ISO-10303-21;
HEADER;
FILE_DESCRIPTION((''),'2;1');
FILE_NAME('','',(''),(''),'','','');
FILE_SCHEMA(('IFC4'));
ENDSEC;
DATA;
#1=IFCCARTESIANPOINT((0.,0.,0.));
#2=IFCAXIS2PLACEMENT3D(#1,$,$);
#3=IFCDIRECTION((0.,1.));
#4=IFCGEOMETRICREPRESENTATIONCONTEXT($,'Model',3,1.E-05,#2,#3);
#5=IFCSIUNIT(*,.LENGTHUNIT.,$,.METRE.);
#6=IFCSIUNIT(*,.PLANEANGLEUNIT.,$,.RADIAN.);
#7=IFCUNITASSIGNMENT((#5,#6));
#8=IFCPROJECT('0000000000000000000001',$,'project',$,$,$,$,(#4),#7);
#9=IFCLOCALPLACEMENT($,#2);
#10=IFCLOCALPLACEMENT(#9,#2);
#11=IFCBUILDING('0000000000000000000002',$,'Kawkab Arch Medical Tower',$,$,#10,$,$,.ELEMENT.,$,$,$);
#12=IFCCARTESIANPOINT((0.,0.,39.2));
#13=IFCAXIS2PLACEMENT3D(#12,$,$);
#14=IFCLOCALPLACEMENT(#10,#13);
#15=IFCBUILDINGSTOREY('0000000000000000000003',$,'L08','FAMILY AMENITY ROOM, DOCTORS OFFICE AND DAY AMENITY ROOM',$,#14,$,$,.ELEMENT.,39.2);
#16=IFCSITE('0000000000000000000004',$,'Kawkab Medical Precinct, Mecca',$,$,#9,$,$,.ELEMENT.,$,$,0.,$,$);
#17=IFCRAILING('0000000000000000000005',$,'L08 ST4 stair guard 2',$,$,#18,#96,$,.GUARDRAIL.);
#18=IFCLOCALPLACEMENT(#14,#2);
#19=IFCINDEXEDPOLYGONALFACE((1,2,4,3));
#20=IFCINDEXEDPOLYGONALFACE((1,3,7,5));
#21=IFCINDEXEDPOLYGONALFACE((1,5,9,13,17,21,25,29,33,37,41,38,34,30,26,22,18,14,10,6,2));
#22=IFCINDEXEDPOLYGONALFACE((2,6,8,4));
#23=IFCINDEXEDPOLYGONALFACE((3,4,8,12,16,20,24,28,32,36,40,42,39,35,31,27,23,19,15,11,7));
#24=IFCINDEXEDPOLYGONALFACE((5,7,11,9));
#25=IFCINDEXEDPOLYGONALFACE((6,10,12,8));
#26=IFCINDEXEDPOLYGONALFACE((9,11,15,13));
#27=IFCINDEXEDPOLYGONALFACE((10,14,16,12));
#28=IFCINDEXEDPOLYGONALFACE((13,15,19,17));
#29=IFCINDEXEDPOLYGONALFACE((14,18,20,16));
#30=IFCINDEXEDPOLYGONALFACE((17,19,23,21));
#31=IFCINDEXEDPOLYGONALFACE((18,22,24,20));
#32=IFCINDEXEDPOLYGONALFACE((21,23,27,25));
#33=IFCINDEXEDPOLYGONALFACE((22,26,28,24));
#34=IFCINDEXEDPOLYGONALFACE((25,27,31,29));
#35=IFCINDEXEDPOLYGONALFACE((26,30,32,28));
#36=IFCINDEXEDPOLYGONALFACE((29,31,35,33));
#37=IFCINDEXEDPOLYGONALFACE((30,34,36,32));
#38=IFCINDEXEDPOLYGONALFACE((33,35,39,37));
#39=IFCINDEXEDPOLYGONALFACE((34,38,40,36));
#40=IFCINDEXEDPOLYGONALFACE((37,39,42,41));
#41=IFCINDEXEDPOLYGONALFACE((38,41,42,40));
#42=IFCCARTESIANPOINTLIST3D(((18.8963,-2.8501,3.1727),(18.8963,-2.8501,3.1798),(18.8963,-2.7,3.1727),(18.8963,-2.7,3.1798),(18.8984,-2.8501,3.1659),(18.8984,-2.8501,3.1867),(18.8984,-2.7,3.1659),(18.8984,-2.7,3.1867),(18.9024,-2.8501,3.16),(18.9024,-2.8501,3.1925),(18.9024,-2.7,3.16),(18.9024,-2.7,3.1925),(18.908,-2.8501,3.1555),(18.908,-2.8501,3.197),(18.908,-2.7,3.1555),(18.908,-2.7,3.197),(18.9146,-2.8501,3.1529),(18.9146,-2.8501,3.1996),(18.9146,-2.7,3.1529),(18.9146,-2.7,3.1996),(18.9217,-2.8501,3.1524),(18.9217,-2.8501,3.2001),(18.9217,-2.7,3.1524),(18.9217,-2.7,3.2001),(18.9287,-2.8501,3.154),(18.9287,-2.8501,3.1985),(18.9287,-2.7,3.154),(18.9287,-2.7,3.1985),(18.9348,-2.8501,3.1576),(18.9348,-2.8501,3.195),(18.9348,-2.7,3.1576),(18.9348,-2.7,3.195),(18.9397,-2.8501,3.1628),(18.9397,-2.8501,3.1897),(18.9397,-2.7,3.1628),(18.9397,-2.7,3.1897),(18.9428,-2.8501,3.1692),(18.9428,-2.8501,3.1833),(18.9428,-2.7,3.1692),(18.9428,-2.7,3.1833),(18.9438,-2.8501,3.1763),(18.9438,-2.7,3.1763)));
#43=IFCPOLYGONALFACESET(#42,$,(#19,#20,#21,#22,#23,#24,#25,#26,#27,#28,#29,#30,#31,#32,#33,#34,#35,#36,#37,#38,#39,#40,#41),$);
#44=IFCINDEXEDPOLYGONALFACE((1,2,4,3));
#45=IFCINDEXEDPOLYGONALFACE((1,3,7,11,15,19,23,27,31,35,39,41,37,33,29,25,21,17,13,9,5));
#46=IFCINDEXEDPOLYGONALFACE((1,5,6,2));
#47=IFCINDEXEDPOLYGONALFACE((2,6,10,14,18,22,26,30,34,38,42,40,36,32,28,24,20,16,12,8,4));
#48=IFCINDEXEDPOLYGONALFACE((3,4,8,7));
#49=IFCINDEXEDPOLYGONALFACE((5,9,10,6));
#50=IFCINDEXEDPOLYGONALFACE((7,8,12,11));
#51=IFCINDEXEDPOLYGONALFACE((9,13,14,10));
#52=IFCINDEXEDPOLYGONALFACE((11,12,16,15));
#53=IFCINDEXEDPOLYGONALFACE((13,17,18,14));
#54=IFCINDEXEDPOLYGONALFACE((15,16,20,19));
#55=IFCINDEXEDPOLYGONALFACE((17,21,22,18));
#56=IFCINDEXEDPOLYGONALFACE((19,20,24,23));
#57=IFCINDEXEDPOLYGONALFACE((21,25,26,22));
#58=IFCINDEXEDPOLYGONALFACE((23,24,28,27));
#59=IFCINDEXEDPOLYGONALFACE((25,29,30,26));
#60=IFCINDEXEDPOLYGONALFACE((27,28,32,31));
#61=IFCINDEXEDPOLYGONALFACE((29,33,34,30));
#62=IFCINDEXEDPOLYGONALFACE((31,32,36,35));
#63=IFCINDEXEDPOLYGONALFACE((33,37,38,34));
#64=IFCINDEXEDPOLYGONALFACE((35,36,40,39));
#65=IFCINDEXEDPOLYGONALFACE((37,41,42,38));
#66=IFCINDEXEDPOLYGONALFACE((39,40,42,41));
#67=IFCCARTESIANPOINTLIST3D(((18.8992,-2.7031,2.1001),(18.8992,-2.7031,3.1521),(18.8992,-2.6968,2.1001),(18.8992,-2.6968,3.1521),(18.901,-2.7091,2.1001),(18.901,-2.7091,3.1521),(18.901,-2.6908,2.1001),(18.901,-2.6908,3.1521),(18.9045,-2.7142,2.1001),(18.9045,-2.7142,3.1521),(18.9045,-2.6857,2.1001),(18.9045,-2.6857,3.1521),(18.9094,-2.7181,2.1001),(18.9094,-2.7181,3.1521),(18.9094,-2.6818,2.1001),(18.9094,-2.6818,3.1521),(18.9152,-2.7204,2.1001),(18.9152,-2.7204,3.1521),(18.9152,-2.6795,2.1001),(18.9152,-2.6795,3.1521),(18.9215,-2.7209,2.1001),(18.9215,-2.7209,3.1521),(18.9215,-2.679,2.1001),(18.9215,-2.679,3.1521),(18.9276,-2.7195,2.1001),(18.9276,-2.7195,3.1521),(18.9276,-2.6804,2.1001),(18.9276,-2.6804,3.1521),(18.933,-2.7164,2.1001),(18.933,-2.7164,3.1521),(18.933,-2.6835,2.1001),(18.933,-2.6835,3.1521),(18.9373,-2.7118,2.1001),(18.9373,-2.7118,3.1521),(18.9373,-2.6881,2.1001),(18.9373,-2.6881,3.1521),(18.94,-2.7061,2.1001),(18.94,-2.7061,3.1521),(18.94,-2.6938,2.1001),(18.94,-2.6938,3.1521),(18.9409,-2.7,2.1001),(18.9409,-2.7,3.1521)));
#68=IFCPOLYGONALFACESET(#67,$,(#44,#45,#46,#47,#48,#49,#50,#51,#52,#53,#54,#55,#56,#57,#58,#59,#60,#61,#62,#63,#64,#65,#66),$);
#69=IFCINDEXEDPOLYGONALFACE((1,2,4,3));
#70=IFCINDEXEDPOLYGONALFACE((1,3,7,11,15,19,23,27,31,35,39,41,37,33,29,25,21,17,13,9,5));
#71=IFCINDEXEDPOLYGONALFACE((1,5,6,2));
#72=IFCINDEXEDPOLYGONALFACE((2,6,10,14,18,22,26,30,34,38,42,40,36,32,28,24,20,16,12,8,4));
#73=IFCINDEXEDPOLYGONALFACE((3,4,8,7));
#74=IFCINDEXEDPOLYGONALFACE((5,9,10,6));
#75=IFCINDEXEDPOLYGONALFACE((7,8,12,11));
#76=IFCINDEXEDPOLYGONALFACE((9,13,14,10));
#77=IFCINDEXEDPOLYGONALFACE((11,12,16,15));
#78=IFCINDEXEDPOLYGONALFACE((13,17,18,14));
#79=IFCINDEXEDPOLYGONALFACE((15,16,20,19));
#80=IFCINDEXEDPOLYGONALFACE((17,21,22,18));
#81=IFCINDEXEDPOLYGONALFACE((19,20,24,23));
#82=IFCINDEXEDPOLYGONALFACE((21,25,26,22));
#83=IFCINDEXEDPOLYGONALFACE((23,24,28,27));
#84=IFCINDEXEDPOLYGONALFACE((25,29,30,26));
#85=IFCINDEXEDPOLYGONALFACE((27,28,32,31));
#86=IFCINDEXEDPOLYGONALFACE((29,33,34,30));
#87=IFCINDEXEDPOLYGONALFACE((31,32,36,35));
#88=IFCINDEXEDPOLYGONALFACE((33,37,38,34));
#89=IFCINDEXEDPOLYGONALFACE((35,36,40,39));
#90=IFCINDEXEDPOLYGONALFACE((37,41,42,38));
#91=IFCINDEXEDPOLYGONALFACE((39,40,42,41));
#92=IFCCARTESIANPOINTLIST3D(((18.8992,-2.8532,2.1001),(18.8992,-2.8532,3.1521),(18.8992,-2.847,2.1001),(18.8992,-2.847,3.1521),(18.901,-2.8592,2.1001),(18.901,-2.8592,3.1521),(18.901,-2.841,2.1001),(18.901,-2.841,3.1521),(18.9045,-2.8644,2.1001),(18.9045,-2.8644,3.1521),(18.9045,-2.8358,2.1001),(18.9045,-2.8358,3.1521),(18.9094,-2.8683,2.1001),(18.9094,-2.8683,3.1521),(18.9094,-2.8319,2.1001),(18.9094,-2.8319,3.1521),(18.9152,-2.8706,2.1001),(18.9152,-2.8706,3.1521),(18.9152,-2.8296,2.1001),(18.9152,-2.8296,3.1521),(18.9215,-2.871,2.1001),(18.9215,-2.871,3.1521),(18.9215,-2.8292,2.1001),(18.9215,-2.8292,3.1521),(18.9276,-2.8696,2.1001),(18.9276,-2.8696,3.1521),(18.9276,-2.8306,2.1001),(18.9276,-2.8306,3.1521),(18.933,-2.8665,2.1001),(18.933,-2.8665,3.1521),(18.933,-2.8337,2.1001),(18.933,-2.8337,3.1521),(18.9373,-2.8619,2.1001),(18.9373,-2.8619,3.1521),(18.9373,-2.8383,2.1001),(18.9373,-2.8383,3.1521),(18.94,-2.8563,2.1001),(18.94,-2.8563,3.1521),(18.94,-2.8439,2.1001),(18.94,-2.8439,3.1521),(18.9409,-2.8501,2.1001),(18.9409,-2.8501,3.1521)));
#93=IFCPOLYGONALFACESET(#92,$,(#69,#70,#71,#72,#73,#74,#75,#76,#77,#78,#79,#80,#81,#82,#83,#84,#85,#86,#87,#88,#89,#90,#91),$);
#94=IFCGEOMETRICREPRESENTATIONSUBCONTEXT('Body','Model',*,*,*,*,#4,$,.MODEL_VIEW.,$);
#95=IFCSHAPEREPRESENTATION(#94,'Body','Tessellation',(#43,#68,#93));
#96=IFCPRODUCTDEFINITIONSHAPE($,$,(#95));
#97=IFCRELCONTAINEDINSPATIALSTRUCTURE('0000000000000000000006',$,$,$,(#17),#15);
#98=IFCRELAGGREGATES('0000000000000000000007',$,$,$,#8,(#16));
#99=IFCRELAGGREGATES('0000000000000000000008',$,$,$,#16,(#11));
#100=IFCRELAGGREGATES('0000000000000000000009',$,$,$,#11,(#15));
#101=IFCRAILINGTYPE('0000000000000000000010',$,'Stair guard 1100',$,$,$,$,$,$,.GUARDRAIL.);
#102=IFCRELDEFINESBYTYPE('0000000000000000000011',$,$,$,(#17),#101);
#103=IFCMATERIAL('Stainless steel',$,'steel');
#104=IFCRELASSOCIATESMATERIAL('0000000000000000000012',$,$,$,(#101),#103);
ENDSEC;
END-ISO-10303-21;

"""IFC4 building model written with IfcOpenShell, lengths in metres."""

from ifc_helpers import new_model, si_unit, direction, frame, origin, origin_2d, place, context, subcontext, project, spatial, circle, extrude, material, type_object, element, save


model = new_model("IFC4")

# Units and contexts
model_context = context("Model", 3, precision=1e-05, world=origin(), true_north=direction((0.0, 1.0)))
body_context = subcontext(model_context, "Body", "Model", "MODEL_VIEW")
ifc_project = project(units=[si_unit("LENGTHUNIT", "METRE"), si_unit("PLANEANGLEUNIT", "RADIAN")], contexts=[model_context])

# Site, building, storey
site_placement = place(None, origin())
site = spatial("IfcSite", under=ifc_project, at=site_placement, Name="Kawkab Medical Precinct, Mecca", CompositionType="ELEMENT", RefElevation=0.0)
building_placement = place(site_placement, origin())
building = spatial("IfcBuilding", under=site, at=building_placement, Name="Kawkab Arch Medical Tower", CompositionType="ELEMENT")
storey_placement = place(building_placement, frame((0.0, 0.0, 39.2)))
storey = spatial("IfcBuildingStorey", under=building, at=storey_placement, Name="L08", Description="FAMILY AMENITY ROOM, DOCTORS OFFICE AND DAY AMENITY ROOM", CompositionType="ELEMENT", Elevation=39.2)

# Railing
ifc_material_1 = material(Name="Stainless steel", Category="steel")
railing_type_1 = type_object("IfcRailingType", Name="Stair guard 1100", PredefinedType="GUARDRAIL", material=ifc_material_1)
railing_1_placement = place(storey_placement, frame((18.9199, -2.7, 2.1001)))
element("IfcRailing", 1, at=railing_1_placement, inside=storey, type_object=railing_type_1, Name="L08 ST4 stair guard 2", PredefinedType="GUARDRAIL", context=body_context, shape_type="SweptSolid", body=[
    extrude(circle(Radius=0.0239, at=origin_2d()), frame((0.0, 0.0, 1.0762), z_axis=(0.0, -1.0, 0.0), x_axis=(1.0, 0.0, 0.0)), (0.0, 0.0, 1.0), 0.1501),
    extrude(circle(Radius=0.021, at=origin_2d()), origin(), (0.0, 0.0, 1.0), 1.052),
    extrude(circle(Radius=0.021, at=origin_2d()), frame((0.0, -0.1501, 0.0)), (0.0, 0.0, 1.0), 1.052),
])

save(model, "model.ifc")
